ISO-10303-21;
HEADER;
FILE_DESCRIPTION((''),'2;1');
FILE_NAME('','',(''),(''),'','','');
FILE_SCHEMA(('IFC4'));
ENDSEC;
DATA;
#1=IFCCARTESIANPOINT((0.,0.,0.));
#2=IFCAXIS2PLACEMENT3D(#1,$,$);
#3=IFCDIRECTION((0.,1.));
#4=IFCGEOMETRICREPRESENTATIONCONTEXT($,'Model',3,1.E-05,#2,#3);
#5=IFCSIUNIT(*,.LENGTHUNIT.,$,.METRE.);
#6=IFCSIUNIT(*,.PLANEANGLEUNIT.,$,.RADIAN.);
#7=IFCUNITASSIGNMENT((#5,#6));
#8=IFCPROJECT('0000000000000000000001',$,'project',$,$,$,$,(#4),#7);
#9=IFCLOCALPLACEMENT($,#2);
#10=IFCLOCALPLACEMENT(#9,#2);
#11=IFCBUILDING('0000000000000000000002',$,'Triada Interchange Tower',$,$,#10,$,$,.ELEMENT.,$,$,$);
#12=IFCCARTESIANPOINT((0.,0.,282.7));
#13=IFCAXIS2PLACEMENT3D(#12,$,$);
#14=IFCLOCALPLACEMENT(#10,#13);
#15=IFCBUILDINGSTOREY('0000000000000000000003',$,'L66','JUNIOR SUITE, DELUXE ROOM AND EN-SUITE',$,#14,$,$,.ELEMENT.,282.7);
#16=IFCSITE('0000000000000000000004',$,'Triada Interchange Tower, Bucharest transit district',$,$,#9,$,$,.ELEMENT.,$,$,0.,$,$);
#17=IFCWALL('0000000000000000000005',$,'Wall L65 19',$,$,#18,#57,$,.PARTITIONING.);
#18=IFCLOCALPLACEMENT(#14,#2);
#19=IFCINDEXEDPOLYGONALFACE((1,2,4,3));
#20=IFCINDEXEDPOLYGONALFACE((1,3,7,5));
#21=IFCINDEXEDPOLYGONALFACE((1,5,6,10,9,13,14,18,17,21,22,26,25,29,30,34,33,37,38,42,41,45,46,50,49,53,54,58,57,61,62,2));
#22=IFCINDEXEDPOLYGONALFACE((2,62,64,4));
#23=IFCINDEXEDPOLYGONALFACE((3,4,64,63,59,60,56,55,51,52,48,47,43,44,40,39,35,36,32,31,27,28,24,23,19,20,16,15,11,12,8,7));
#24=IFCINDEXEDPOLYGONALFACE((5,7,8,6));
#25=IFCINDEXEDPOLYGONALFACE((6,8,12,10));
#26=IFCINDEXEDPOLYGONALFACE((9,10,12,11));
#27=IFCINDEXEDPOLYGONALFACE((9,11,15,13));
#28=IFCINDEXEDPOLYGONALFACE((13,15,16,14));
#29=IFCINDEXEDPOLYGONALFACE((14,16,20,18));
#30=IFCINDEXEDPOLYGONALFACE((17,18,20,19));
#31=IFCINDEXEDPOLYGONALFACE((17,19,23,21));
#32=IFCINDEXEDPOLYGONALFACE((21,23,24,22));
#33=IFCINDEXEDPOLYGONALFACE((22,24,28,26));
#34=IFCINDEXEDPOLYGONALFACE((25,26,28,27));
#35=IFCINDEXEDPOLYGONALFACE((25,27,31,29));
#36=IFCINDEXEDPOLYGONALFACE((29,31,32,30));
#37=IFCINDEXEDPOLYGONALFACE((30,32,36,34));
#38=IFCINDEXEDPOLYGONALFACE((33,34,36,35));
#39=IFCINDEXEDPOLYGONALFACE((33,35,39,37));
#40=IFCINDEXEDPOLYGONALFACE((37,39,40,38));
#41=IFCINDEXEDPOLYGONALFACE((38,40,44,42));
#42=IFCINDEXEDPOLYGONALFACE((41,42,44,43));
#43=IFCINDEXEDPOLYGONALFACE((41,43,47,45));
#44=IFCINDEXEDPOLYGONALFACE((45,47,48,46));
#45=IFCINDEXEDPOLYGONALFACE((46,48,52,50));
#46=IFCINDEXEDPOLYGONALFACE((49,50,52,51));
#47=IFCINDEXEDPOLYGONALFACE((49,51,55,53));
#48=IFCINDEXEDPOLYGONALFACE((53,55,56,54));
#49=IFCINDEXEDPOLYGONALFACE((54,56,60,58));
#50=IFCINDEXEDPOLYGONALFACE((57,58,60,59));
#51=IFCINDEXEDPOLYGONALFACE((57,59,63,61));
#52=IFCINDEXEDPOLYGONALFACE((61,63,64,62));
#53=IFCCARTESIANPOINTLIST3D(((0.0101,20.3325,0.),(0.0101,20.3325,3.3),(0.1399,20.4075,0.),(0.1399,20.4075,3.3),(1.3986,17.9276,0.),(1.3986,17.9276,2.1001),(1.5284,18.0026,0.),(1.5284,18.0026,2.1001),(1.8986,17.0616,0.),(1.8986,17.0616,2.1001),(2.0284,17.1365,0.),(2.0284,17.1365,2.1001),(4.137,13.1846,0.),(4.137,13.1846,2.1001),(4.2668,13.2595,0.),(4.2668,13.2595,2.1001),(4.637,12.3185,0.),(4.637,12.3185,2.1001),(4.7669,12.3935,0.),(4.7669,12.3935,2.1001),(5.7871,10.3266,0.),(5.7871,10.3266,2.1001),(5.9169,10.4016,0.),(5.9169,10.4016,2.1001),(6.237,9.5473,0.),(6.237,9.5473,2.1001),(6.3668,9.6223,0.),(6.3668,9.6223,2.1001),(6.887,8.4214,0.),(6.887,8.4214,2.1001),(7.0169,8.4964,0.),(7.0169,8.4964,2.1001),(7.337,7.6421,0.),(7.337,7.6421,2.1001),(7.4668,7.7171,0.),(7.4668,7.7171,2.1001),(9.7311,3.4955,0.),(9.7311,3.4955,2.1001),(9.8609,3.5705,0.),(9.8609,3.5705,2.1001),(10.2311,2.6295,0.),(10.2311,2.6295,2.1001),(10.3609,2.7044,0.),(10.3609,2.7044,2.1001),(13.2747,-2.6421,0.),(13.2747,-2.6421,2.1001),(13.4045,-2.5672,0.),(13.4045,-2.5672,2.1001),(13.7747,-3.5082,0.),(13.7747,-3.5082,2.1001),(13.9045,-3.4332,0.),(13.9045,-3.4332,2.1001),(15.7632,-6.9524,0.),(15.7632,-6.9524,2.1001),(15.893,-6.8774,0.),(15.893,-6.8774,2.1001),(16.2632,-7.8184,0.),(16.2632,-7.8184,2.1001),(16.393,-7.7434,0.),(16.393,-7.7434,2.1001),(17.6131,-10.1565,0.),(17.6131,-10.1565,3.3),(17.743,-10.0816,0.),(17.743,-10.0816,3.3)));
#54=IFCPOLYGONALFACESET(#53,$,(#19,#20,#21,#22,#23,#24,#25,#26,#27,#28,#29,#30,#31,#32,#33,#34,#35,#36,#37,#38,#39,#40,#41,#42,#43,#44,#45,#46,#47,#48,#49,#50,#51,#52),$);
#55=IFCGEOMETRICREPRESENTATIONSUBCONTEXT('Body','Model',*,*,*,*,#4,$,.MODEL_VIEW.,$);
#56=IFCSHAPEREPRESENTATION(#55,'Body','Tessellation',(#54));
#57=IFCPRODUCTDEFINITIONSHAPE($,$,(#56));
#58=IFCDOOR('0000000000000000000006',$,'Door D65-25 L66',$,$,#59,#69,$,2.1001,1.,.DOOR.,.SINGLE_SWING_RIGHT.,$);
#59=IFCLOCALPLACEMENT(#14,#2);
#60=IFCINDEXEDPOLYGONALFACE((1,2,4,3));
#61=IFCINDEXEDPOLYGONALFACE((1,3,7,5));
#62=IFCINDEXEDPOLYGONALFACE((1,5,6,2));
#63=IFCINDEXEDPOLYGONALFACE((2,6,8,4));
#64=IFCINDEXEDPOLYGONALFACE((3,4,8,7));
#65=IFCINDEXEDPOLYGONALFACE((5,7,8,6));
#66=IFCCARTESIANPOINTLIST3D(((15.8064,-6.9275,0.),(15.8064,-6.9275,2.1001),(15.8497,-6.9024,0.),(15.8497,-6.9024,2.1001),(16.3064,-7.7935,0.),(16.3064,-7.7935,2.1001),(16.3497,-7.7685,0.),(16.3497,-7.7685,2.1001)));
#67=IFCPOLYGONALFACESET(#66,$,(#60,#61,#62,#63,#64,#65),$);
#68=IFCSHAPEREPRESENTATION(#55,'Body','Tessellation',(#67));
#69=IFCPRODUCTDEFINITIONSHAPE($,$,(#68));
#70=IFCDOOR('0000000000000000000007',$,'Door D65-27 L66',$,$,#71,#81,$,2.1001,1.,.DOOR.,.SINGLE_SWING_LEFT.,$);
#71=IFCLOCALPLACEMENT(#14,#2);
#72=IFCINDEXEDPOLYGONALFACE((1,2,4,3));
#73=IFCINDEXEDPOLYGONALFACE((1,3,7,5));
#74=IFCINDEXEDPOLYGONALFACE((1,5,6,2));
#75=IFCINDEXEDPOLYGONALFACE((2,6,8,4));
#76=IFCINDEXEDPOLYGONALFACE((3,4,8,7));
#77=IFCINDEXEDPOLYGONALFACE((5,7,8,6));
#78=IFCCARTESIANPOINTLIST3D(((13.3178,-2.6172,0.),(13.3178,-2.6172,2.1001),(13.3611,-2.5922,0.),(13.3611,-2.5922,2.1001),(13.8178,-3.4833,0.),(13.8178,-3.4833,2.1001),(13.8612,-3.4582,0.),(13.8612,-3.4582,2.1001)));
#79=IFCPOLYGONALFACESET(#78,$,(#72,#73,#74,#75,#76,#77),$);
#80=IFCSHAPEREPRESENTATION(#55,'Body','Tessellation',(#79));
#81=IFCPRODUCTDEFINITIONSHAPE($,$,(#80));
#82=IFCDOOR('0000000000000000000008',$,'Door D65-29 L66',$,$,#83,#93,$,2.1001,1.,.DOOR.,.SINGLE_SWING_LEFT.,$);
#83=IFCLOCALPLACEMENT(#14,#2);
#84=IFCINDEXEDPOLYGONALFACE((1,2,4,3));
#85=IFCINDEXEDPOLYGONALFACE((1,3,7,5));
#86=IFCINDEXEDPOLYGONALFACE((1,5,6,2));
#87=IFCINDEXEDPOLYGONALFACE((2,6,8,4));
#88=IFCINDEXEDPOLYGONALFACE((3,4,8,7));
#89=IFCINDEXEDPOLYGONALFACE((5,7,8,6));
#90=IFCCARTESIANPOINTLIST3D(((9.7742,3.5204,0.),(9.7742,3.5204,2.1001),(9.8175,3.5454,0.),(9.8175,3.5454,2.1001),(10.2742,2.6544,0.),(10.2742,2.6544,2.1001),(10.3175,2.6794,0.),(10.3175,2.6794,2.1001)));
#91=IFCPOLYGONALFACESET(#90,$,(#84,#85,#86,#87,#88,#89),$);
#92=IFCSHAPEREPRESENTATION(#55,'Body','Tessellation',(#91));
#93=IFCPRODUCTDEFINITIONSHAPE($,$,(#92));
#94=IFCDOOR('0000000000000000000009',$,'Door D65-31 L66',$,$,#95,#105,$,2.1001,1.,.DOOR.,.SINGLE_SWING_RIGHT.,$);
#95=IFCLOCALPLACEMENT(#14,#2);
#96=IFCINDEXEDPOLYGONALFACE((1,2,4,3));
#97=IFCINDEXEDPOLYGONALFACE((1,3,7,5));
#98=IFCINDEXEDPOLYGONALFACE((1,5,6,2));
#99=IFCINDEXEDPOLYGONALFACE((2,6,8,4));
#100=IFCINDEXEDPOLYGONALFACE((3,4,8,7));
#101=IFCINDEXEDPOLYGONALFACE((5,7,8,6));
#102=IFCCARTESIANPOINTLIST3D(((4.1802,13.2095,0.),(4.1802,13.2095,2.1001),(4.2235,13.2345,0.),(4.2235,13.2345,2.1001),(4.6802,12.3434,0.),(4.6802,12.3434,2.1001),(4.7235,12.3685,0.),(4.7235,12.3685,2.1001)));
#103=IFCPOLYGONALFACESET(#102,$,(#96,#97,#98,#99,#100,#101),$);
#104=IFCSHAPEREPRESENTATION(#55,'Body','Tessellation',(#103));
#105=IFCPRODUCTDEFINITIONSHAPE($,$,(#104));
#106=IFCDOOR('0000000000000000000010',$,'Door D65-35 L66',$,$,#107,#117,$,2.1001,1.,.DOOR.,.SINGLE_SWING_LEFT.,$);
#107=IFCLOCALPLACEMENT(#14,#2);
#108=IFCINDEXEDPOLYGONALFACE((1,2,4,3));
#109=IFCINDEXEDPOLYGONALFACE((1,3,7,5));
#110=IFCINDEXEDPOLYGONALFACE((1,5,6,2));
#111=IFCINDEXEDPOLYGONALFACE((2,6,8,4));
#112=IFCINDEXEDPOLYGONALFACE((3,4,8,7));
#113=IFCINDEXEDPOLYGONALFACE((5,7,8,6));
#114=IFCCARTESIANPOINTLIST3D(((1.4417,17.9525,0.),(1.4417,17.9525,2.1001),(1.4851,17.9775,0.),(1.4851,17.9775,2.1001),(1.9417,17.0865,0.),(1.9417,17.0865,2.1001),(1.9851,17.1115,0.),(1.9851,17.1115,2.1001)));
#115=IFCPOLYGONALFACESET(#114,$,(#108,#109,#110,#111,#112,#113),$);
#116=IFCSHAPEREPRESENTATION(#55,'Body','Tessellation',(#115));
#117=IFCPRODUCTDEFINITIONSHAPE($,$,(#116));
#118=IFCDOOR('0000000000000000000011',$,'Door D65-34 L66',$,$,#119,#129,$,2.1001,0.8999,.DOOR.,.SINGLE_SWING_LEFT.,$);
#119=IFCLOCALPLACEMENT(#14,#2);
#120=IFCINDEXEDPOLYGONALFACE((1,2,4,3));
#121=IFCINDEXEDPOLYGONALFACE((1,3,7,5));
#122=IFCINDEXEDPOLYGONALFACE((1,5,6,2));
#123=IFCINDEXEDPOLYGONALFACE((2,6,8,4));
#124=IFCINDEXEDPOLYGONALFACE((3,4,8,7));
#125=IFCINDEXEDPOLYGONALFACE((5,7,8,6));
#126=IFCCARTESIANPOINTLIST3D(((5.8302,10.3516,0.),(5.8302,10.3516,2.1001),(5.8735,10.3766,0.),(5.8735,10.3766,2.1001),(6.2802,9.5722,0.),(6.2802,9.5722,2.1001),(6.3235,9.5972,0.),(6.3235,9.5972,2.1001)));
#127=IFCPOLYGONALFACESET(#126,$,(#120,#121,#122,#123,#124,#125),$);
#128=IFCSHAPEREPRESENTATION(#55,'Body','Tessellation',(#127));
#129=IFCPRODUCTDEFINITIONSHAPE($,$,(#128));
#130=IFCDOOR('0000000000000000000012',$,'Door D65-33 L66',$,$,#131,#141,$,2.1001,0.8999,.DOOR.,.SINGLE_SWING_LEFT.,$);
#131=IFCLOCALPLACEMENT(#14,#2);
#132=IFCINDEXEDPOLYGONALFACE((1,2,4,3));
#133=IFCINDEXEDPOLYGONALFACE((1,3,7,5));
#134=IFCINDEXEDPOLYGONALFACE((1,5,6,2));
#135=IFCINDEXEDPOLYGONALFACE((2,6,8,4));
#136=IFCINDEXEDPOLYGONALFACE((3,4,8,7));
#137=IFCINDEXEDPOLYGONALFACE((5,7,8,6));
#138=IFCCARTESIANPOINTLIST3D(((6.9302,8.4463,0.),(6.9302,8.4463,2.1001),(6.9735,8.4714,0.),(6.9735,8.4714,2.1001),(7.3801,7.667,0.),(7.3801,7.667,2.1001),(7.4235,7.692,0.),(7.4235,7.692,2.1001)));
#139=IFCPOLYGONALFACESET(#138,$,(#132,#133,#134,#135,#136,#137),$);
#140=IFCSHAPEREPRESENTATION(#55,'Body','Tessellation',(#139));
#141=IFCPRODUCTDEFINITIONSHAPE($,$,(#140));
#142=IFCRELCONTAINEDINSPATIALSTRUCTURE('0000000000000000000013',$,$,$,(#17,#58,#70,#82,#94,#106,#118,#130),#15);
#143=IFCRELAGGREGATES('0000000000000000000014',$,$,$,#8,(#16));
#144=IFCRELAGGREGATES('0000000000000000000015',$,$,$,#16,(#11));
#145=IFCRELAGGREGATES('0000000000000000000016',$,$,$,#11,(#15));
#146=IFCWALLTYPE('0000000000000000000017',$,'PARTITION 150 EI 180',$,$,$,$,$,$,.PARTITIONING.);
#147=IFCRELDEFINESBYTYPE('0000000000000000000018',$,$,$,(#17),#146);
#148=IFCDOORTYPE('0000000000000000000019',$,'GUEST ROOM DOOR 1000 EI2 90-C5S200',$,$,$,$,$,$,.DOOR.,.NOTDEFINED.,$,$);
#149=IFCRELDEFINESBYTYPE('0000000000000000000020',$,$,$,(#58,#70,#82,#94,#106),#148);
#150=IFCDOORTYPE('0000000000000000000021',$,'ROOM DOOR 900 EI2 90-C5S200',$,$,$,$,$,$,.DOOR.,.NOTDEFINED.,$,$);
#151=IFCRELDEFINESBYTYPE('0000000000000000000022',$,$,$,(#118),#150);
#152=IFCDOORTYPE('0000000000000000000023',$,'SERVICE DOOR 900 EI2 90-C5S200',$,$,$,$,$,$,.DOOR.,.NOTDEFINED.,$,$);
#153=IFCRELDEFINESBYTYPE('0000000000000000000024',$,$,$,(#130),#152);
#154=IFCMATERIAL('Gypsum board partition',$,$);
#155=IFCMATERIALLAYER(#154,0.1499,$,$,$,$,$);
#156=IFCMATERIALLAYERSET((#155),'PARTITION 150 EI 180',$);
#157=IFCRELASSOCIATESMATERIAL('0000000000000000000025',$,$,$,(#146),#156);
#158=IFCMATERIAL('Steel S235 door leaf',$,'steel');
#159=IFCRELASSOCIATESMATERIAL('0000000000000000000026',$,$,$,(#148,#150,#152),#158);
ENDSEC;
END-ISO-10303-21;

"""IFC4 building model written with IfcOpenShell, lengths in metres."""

from ifc_helpers import new_model, si_unit, direction, frame, frame_2d, origin, place, context, subcontext, project, spatial, rectangle, extrude, material, layer, layer_set, type_object, element, fill, save


model = new_model("IFC4")

# Units and contexts
model_context = context("Model", 3, precision=1e-05, world=origin(), true_north=direction((0.0, 1.0)))
body_context = subcontext(model_context, "Body", "Model", "MODEL_VIEW")
ifc_project = project(units=[si_unit("LENGTHUNIT", "METRE"), si_unit("PLANEANGLEUNIT", "RADIAN")], contexts=[model_context])

# Site, building, storey
site_placement = place(None, origin())
site = spatial("IfcSite", under=ifc_project, at=site_placement, Name="Triada Interchange Tower, Bucharest transit district", CompositionType="ELEMENT", RefElevation=0.0)
building_placement = place(site_placement, origin())
building = spatial("IfcBuilding", under=site, at=building_placement, Name="Triada Interchange Tower", CompositionType="ELEMENT")
storey_placement = place(building_placement, frame((0.0, 0.0, 282.7)))
storey = spatial("IfcBuildingStorey", under=building, at=storey_placement, Name="L66", Description="JUNIOR SUITE, DELUXE ROOM AND EN-SUITE", CompositionType="ELEMENT", Elevation=282.7)

# Shared definitions
ifc_material_1 = material(Name="Gypsum board partition")
ifc_layer_1 = layer(ifc_material_1, 0.1499)
ifc_layer_set_1 = layer_set([ifc_layer_1], Name="PARTITION 150 EI 180")
wall_type_1 = type_object("IfcWallType", Name="PARTITION 150 EI 180", PredefinedType="PARTITIONING", material=ifc_layer_set_1)

# Wall, openings, doors
wall_1_placement = place(storey_placement, frame((0.075, 20.3701, 0.0), z_axis=(0.0, 0.0, 1.0), x_axis=(0.500004, -0.866023, 0.0)))
wall_1 = element("IfcWall", 1, at=wall_1_placement, inside=storey, type_object=wall_type_1, Name="Wall L65 19", PredefinedType="PARTITIONING", context=body_context, shape_type="SweptSolid", body=[
    extrude(rectangle(XDim=35.2058, YDim=0.1499, at=frame_2d((17.603, 0.0))), origin(), (0.0, 0.0, 1.0), 3.3),
])
opening_1_placement = place(wall_1_placement, frame((31.5061, 0.0, 0.0)))
opening_1 = element("IfcOpeningElement", 2, at=opening_1_placement, cuts=wall_1, PredefinedType="OPENING", context=body_context, shape_type="SweptSolid", body=[
    extrude(rectangle(XDim=1.0, YDim=2.1001, at=frame_2d((0.5, 1.05))), frame((0.0, 0.085, 0.0), z_axis=(0.0, -1.0, 0.0), x_axis=(1.0, 0.0, 0.0)), (0.0, 0.0, 1.0), 0.1699),
])
opening_2_placement = place(wall_1_placement, frame((26.5291, 0.0, 0.0)))
opening_2 = element("IfcOpeningElement", 3, at=opening_2_placement, cuts=wall_1, PredefinedType="OPENING", context=body_context, shape_type="SweptSolid", body=[
    extrude(rectangle(XDim=1.0, YDim=2.1001, at=frame_2d((0.5, 1.05))), frame((0.0, 0.085, 0.0), z_axis=(0.0, -1.0, 0.0), x_axis=(1.0, 0.0, 0.0)), (0.0, 0.0, 1.0), 0.1699),
])
opening_3_placement = place(wall_1_placement, frame((19.4419, 0.0, 0.0)))
opening_3 = element("IfcOpeningElement", 4, at=opening_3_placement, cuts=wall_1, PredefinedType="OPENING", context=body_context, shape_type="SweptSolid", body=[
    extrude(rectangle(XDim=1.0, YDim=2.1001, at=frame_2d((0.5, 1.05))), frame((0.0, 0.085, 0.0), z_axis=(0.0, -1.0, 0.0), x_axis=(1.0, 0.0, 0.0)), (0.0, 0.0, 1.0), 0.1699),
])
opening_4_placement = place(wall_1_placement, frame((8.2539, 0.0, 0.0)))
opening_4 = element("IfcOpeningElement", 5, at=opening_4_placement, cuts=wall_1, PredefinedType="OPENING", context=body_context, shape_type="SweptSolid", body=[
    extrude(rectangle(XDim=1.0, YDim=2.1001, at=frame_2d((0.5, 1.05))), frame((0.0, 0.085, 0.0), z_axis=(0.0, -1.0, 0.0), x_axis=(1.0, 0.0, 0.0)), (0.0, 0.0, 1.0), 0.1699),
])
opening_5_placement = place(wall_1_placement, frame((13.7539, 0.0, 0.0)))
opening_5 = element("IfcOpeningElement", 6, at=opening_5_placement, cuts=wall_1, PredefinedType="OPENING", context=body_context, shape_type="SweptSolid", body=[
    extrude(rectangle(XDim=0.8999, YDim=2.1001, at=frame_2d((0.45, 1.05))), frame((0.0, 0.085, 0.0), z_axis=(0.0, -1.0, 0.0), x_axis=(1.0, 0.0, 0.0)), (0.0, 0.0, 1.0), 0.1699),
])
opening_6_placement = place(wall_1_placement, frame((11.554, 0.0, 0.0)))
opening_6 = element("IfcOpeningElement", 7, at=opening_6_placement, cuts=wall_1, PredefinedType="OPENING", context=body_context, shape_type="SweptSolid", body=[
    extrude(rectangle(XDim=0.8999, YDim=2.1001, at=frame_2d((0.45, 1.05))), frame((0.0, 0.085, 0.0), z_axis=(0.0, -1.0, 0.0), x_axis=(1.0, 0.0, 0.0)), (0.0, 0.0, 1.0), 0.1699),
])
opening_7_placement = place(wall_1_placement, frame((2.7771, 0.0, 0.0)))
opening_7 = element("IfcOpeningElement", 8, at=opening_7_placement, cuts=wall_1, PredefinedType="OPENING", context=body_context, shape_type="SweptSolid", body=[
    extrude(rectangle(XDim=1.0, YDim=2.1001, at=frame_2d((0.5, 1.05))), frame((0.0, 0.085, 0.0), z_axis=(0.0, -1.0, 0.0), x_axis=(1.0, 0.0, 0.0)), (0.0, 0.0, 1.0), 0.1699),
])
ifc_material_2 = material(Name="Steel S235 door leaf", Category="steel")
door_type_1 = type_object("IfcDoorType", Name="GUEST ROOM DOOR 1000 EI2 90-C5S200", OperationType="NOTDEFINED", PredefinedType="DOOR", material=ifc_material_2)
door_1_placement = place(opening_1_placement, origin())
door_1 = element("IfcDoor", 9, at=door_1_placement, inside=storey, type_object=door_type_1, Name="Door D65-25 L66", OperationType="SINGLE_SWING_RIGHT", OverallHeight=2.1001, OverallWidth=1.0, PredefinedType="DOOR", context=body_context, shape_type="SweptSolid", body=[
    extrude(rectangle(XDim=1.0, YDim=2.1001, at=frame_2d((0.5, 1.05))), frame((0.0, 0.0249, 0.0), z_axis=(0.0, -1.0, 0.0), x_axis=(1.0, 0.0, 0.0)), (0.0, 0.0, 1.0), 0.05),
])
fill(opening_1, door_1)
door_2_placement = place(opening_2_placement, origin())
door_2 = element("IfcDoor", 10, at=door_2_placement, inside=storey, type_object=door_type_1, Name="Door D65-27 L66", OperationType="SINGLE_SWING_LEFT", OverallHeight=2.1001, OverallWidth=1.0, PredefinedType="DOOR", context=body_context, shape_type="SweptSolid", body=[
    extrude(rectangle(XDim=1.0, YDim=2.1001, at=frame_2d((0.5, 1.05))), frame((0.0, 0.0249, 0.0), z_axis=(0.0, -1.0, 0.0), x_axis=(1.0, 0.0, 0.0)), (0.0, 0.0, 1.0), 0.05),
])
fill(opening_2, door_2)
door_3_placement = place(opening_3_placement, origin())
door_3 = element("IfcDoor", 11, at=door_3_placement, inside=storey, type_object=door_type_1, Name="Door D65-29 L66", OperationType="SINGLE_SWING_LEFT", OverallHeight=2.1001, OverallWidth=1.0, PredefinedType="DOOR", context=body_context, shape_type="SweptSolid", body=[
    extrude(rectangle(XDim=1.0, YDim=2.1001, at=frame_2d((0.5, 1.05))), frame((0.0, 0.0249, 0.0), z_axis=(0.0, -1.0, 0.0), x_axis=(1.0, 0.0, 0.0)), (0.0, 0.0, 1.0), 0.05),
])
fill(opening_3, door_3)
door_4_placement = place(opening_4_placement, origin())
door_4 = element("IfcDoor", 12, at=door_4_placement, inside=storey, type_object=door_type_1, Name="Door D65-31 L66", OperationType="SINGLE_SWING_RIGHT", OverallHeight=2.1001, OverallWidth=1.0, PredefinedType="DOOR", context=body_context, shape_type="SweptSolid", body=[
    extrude(rectangle(XDim=1.0, YDim=2.1001, at=frame_2d((0.5, 1.05))), frame((0.0, 0.0249, 0.0), z_axis=(0.0, -1.0, 0.0), x_axis=(1.0, 0.0, 0.0)), (0.0, 0.0, 1.0), 0.05),
])
fill(opening_4, door_4)
door_5_placement = place(opening_7_placement, origin())
door_5 = element("IfcDoor", 13, at=door_5_placement, inside=storey, type_object=door_type_1, Name="Door D65-35 L66", OperationType="SINGLE_SWING_LEFT", OverallHeight=2.1001, OverallWidth=1.0, PredefinedType="DOOR", context=body_context, shape_type="SweptSolid", body=[
    extrude(rectangle(XDim=1.0, YDim=2.1001, at=frame_2d((0.5, 1.05))), frame((0.0, 0.0249, 0.0), z_axis=(0.0, -1.0, 0.0), x_axis=(1.0, 0.0, 0.0)), (0.0, 0.0, 1.0), 0.05),
])
fill(opening_7, door_5)
door_type_2 = type_object("IfcDoorType", Name="ROOM DOOR 900 EI2 90-C5S200", OperationType="NOTDEFINED", PredefinedType="DOOR", material=ifc_material_2)
door_6_placement = place(opening_6_placement, origin())
door_6 = element("IfcDoor", 14, at=door_6_placement, inside=storey, type_object=door_type_2, Name="Door D65-34 L66", OperationType="SINGLE_SWING_LEFT", OverallHeight=2.1001, OverallWidth=0.8999, PredefinedType="DOOR", context=body_context, shape_type="SweptSolid", body=[
    extrude(rectangle(XDim=0.8999, YDim=2.1001, at=frame_2d((0.45, 1.05))), frame((0.0, 0.0249, 0.0), z_axis=(0.0, -1.0, 0.0), x_axis=(1.0, 0.0, 0.0)), (0.0, 0.0, 1.0), 0.05),
])
fill(opening_6, door_6)
door_type_3 = type_object("IfcDoorType", Name="SERVICE DOOR 900 EI2 90-C5S200", OperationType="NOTDEFINED", PredefinedType="DOOR", material=ifc_material_2)
door_7_placement = place(opening_5_placement, origin())
door_7 = element("IfcDoor", 15, at=door_7_placement, inside=storey, type_object=door_type_3, Name="Door D65-33 L66", OperationType="SINGLE_SWING_LEFT", OverallHeight=2.1001, OverallWidth=0.8999, PredefinedType="DOOR", context=body_context, shape_type="SweptSolid", body=[
    extrude(rectangle(XDim=0.8999, YDim=2.1001, at=frame_2d((0.45, 1.05))), frame((0.0, 0.0249, 0.0), z_axis=(0.0, -1.0, 0.0), x_axis=(1.0, 0.0, 0.0)), (0.0, 0.0, 1.0), 0.05),
])
fill(opening_5, door_7)

save(model, "model.ifc")
